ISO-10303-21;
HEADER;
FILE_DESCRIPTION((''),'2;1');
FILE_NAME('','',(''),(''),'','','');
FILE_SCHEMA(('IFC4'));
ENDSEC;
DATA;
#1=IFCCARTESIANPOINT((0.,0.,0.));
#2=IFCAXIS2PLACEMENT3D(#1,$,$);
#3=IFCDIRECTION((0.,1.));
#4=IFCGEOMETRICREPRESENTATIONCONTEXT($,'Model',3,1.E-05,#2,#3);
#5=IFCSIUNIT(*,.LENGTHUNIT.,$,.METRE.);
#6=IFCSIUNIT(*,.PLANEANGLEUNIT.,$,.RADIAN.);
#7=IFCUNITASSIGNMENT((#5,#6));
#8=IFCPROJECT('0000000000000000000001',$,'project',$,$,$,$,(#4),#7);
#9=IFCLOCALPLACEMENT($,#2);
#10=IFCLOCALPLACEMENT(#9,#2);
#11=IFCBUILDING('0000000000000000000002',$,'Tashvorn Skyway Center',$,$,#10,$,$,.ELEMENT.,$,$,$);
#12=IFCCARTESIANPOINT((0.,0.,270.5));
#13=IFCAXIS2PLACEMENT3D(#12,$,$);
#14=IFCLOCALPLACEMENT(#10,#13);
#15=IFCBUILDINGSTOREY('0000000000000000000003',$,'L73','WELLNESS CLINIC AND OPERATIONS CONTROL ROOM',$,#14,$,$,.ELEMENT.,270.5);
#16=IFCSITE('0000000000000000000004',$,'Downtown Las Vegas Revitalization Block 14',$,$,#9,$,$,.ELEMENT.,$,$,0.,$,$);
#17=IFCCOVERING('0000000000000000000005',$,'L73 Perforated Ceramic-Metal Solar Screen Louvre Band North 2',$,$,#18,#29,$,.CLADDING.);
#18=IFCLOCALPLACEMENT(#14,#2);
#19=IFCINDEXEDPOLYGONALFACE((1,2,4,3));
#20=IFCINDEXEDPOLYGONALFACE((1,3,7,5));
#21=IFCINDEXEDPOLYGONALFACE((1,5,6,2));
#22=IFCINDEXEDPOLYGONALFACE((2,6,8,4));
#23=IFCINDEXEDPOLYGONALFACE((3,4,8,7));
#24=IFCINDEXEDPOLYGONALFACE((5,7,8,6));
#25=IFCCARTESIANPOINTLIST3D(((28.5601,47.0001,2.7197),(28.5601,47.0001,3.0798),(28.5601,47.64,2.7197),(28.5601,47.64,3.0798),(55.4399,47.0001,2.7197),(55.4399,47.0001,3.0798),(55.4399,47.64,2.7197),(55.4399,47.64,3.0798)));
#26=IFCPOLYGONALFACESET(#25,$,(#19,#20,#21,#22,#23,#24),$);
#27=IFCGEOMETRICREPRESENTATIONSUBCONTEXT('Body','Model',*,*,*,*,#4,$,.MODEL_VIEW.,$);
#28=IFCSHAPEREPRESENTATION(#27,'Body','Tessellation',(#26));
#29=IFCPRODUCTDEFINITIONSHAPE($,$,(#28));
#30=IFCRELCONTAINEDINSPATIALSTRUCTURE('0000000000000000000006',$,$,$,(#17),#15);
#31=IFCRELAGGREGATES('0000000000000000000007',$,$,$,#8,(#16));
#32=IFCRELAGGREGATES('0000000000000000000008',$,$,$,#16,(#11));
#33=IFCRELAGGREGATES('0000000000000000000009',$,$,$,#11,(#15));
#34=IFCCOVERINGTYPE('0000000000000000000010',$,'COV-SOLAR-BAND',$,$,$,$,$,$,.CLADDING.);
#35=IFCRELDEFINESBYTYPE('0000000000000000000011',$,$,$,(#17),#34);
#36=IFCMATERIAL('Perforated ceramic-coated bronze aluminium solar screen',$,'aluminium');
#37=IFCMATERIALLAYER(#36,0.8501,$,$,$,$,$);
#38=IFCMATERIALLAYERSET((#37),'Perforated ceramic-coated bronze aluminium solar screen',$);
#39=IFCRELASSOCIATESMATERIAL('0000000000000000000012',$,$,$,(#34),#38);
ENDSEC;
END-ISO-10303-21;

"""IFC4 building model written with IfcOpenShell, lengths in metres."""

from ifc_helpers import new_model, si_unit, direction, frame, origin, origin_2d, place, context, subcontext, project, spatial, rectangle, extrude, material, layer, layer_set, type_object, element, save


model = new_model("IFC4")

# Units and contexts
model_context = context("Model", 3, precision=1e-05, world=origin(), true_north=direction((0.0, 1.0)))
body_context = subcontext(model_context, "Body", "Model", "MODEL_VIEW")
ifc_project = project(units=[si_unit("LENGTHUNIT", "METRE"), si_unit("PLANEANGLEUNIT", "RADIAN")], contexts=[model_context])

# Site, building, storey
site_placement = place(None, origin())
site = spatial("IfcSite", under=ifc_project, at=site_placement, Name="Downtown Las Vegas Revitalization Block 14", CompositionType="ELEMENT", RefElevation=0.0)
building_placement = place(site_placement, origin())
building = spatial("IfcBuilding", under=site, at=building_placement, Name="Tashvorn Skyway Center", CompositionType="ELEMENT")
storey_placement = place(building_placement, frame((0.0, 0.0, 270.5)))
storey = spatial("IfcBuildingStorey", under=building, at=storey_placement, Name="L73", Description="WELLNESS CLINIC AND OPERATIONS CONTROL ROOM", CompositionType="ELEMENT", Elevation=270.5)

# Covering
ifc_material_1 = material(Name="Perforated ceramic-coated bronze aluminium solar screen", Category="aluminium")
ifc_layer_1 = layer(ifc_material_1, 0.8501)
ifc_layer_set_1 = layer_set([ifc_layer_1], Name="Perforated ceramic-coated bronze aluminium solar screen")
covering_type_1 = type_object("IfcCoveringType", Name="COV-SOLAR-BAND", PredefinedType="CLADDING", material=ifc_layer_set_1)
for number, where, z_axis, x_axis, name in (
    (1, (42.0, 47.3201, 2.7197), (0.0, 0.0, 1.0), (1.0, 0.0, 0.0), "L73 Perforated Ceramic-Metal Solar Screen Louvre Band North 2"),
):
    element("IfcCovering", number, at=place(storey_placement, frame(where, z_axis=z_axis, x_axis=x_axis)), inside=storey, type_object=covering_type_1, Name=name, PredefinedType="CLADDING", context=body_context, shape_type="SweptSolid", body=[
        extrude(rectangle(XDim=26.8799, YDim=0.6399, at=origin_2d()), origin(), (0.0, 0.0, 1.0), 0.3601),
    ])

save(model, "model.ifc")
